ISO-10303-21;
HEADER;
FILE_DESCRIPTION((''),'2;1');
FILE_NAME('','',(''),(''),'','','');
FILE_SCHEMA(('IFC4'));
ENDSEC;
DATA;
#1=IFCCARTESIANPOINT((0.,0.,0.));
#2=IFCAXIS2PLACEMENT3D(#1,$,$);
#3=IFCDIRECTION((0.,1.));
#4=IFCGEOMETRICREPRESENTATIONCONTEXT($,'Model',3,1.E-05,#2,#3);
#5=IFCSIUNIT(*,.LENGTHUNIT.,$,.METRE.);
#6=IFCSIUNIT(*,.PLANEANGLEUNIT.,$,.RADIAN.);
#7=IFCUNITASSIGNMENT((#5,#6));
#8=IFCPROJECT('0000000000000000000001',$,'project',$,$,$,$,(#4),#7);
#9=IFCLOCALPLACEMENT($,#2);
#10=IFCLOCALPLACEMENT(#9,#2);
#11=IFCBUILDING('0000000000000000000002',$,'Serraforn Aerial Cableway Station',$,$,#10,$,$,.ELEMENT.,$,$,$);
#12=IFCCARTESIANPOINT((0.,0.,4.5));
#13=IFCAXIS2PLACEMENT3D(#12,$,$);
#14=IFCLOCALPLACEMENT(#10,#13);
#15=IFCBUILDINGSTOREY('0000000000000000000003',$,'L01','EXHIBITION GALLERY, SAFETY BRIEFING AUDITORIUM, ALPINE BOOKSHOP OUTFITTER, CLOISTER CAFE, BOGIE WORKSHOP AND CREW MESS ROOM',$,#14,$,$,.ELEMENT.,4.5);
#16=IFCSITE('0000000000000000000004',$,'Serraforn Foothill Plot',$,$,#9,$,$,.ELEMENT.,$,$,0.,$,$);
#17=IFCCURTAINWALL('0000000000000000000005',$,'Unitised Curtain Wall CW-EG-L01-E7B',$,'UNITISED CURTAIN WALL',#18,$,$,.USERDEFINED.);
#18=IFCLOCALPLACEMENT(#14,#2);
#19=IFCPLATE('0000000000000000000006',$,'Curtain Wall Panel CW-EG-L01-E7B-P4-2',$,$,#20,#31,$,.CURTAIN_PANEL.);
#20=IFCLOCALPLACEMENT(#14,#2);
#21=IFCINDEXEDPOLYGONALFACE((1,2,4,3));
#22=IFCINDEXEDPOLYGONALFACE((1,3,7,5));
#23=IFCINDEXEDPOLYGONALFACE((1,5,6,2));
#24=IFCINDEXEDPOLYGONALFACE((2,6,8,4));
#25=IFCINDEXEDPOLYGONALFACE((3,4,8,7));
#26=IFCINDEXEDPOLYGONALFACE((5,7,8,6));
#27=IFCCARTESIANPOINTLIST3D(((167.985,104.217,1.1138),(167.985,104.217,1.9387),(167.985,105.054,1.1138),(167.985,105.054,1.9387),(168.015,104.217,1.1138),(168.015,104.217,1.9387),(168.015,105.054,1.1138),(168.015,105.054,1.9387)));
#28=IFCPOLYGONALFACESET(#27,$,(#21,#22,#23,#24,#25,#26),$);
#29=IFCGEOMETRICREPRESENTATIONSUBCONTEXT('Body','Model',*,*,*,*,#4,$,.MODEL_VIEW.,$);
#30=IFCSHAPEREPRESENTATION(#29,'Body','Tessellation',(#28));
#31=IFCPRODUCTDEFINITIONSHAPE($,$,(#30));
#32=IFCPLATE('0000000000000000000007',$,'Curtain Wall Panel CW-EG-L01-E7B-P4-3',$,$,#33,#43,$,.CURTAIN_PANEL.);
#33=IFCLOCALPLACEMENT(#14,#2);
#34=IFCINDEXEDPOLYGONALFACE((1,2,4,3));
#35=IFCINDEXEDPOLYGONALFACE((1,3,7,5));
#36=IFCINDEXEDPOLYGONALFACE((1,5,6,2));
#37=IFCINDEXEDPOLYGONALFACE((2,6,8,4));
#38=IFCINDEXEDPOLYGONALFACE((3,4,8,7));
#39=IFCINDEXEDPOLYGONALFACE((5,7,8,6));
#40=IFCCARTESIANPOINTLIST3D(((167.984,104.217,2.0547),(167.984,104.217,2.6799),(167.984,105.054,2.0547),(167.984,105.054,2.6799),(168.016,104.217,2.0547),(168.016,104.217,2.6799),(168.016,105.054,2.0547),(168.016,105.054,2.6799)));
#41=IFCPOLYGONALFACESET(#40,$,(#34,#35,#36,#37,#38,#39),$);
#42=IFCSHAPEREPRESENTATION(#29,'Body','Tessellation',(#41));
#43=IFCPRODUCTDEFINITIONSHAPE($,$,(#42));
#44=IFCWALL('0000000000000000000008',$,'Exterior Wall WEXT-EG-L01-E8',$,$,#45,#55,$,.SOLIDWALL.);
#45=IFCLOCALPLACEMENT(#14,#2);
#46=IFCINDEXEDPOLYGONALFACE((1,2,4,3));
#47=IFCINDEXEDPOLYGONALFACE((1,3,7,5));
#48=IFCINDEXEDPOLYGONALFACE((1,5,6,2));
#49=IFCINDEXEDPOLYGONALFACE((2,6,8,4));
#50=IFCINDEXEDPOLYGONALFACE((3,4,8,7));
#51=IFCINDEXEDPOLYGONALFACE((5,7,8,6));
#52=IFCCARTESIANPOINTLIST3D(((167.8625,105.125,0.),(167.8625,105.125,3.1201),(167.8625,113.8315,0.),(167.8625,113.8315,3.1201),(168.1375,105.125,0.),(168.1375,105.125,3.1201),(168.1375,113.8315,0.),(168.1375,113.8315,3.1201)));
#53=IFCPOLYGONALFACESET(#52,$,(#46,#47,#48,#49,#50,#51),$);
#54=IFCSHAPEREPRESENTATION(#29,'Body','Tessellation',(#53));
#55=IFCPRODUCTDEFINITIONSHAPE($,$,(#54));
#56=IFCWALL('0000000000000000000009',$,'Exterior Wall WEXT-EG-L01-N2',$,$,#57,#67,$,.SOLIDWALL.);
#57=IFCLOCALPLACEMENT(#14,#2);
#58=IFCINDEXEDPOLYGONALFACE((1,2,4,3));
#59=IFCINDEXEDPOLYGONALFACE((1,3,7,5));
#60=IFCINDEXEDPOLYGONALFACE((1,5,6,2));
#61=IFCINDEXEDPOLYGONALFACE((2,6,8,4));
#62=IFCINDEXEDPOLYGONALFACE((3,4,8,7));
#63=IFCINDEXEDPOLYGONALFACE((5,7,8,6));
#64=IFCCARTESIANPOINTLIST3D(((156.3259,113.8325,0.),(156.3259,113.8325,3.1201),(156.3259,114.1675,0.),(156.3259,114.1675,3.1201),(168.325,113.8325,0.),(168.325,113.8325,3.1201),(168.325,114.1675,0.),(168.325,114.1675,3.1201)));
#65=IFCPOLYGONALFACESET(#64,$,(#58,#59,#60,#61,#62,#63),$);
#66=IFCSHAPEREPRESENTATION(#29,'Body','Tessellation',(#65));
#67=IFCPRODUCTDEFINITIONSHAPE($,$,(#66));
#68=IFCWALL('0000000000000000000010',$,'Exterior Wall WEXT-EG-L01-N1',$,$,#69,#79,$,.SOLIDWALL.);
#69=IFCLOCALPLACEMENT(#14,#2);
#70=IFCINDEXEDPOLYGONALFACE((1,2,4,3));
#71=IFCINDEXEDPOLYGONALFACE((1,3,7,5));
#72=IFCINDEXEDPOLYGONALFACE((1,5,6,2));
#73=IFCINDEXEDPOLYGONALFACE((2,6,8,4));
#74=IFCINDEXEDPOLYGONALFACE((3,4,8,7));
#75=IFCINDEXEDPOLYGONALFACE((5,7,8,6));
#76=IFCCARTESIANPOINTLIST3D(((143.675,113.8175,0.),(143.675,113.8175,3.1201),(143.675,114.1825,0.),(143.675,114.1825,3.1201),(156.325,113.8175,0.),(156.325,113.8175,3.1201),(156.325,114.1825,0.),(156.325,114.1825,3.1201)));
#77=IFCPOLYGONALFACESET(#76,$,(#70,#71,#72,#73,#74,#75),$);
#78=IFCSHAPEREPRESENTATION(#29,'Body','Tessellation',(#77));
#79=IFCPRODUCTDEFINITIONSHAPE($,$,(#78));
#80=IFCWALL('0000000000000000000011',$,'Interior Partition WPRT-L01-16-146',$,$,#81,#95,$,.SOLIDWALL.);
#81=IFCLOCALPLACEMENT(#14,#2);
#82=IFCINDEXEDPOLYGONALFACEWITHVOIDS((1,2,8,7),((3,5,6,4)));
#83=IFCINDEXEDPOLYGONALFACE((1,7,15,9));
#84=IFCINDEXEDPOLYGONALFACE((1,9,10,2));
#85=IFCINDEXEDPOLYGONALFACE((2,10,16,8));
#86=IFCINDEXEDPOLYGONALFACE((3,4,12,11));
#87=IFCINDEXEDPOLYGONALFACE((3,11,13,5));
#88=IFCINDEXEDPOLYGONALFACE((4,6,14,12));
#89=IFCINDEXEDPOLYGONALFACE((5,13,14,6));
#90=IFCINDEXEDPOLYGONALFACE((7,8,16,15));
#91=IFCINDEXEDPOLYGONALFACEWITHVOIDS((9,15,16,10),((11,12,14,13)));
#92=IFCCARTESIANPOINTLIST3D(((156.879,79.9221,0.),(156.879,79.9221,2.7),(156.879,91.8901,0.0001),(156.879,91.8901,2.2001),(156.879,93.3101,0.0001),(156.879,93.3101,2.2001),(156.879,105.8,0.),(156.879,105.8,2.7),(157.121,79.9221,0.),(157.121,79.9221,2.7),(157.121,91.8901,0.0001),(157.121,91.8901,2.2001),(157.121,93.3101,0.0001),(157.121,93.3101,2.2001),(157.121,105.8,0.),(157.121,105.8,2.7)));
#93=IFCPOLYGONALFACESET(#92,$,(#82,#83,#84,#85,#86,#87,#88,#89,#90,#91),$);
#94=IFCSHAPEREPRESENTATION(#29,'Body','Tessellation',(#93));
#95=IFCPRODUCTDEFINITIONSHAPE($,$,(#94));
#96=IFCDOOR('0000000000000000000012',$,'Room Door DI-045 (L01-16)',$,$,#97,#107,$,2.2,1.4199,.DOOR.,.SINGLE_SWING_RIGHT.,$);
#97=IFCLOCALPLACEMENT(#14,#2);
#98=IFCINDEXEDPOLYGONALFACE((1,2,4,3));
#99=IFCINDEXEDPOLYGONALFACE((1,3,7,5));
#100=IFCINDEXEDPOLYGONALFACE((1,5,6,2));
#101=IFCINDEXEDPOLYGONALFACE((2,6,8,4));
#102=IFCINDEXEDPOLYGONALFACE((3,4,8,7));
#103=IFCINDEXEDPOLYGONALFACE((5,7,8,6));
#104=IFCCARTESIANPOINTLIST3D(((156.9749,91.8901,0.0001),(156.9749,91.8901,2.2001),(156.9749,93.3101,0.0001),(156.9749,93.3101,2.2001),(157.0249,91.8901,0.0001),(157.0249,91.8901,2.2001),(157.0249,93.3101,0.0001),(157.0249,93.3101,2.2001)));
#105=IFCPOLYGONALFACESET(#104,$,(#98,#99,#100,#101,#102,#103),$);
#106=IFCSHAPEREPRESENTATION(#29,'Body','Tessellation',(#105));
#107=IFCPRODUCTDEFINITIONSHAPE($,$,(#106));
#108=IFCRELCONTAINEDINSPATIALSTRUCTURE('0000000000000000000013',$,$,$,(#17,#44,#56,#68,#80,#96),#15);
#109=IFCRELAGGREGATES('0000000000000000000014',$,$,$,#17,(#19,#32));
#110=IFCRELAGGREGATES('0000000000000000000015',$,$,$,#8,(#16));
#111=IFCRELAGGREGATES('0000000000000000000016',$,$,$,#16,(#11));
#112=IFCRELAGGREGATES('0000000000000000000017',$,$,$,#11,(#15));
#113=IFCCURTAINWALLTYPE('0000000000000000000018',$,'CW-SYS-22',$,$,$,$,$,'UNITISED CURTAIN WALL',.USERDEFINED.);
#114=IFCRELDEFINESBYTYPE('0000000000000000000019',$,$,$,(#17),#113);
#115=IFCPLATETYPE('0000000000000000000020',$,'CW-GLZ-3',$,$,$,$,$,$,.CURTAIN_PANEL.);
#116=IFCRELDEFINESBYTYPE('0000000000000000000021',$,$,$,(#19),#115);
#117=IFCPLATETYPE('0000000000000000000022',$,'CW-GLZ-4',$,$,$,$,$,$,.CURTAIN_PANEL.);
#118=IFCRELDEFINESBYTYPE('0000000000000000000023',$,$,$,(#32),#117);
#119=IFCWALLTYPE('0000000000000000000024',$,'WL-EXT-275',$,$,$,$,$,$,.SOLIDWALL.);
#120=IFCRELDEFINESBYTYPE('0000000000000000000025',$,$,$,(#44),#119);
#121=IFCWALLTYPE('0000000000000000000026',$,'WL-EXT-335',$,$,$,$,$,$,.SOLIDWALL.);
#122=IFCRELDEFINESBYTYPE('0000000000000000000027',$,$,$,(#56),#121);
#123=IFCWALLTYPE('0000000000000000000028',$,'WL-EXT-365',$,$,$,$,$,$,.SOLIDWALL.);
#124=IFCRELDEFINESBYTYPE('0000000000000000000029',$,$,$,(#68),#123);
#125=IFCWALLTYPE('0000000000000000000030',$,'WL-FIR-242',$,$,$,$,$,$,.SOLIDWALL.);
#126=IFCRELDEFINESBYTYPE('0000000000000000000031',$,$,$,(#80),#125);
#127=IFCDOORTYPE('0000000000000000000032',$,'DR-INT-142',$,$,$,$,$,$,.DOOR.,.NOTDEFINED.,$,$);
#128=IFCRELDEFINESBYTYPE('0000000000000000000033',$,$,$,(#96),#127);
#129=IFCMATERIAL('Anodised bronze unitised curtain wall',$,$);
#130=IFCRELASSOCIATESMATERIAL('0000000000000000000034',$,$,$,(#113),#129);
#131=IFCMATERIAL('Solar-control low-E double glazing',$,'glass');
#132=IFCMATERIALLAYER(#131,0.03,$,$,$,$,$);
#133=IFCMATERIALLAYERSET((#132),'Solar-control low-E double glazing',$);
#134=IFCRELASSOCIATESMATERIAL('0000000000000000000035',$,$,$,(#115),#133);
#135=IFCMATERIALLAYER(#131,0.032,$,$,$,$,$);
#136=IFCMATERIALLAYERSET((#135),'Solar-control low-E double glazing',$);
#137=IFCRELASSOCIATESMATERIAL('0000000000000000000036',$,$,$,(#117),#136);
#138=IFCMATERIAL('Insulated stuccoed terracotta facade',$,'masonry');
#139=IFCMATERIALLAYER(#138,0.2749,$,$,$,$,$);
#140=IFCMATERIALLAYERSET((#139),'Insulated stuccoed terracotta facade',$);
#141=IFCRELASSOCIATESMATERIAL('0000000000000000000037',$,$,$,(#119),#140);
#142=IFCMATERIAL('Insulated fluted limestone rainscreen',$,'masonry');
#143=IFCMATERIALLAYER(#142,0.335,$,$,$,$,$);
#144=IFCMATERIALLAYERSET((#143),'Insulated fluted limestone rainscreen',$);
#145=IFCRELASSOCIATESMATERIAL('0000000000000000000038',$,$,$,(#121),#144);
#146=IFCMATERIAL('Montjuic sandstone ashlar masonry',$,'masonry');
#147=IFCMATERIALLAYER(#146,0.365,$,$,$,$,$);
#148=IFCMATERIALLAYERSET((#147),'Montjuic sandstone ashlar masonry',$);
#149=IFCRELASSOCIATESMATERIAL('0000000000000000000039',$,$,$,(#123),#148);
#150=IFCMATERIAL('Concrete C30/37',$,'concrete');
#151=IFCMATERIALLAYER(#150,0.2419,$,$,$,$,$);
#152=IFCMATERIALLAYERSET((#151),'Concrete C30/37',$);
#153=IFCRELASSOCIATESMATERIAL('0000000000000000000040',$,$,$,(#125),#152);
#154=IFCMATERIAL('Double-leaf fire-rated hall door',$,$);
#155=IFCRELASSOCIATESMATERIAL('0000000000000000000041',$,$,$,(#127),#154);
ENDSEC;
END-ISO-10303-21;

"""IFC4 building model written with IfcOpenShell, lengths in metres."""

from ifc_helpers import new_model, si_unit, direction, frame, frame_2d, origin, origin_2d, place, context, subcontext, project, spatial, rectangle, extrude, material, layer, layer_set, type_object, element, fill, aggregate, save


model = new_model("IFC4")

# Units and contexts
model_context = context("Model", 3, precision=1e-05, world=origin(), true_north=direction((0.0, 1.0)))
body_context = subcontext(model_context, "Body", "Model", "MODEL_VIEW")
ifc_project = project(units=[si_unit("LENGTHUNIT", "METRE"), si_unit("PLANEANGLEUNIT", "RADIAN")], contexts=[model_context])

# Site, building, storey
site_placement = place(None, origin())
site = spatial("IfcSite", under=ifc_project, at=site_placement, Name="Serraforn Foothill Plot", CompositionType="ELEMENT", RefElevation=0.0)
building_placement = place(site_placement, origin())
building = spatial("IfcBuilding", under=site, at=building_placement, Name="Serraforn Aerial Cableway Station", CompositionType="ELEMENT")
storey_placement = place(building_placement, frame((0.0, 0.0, 4.5)))
storey = spatial("IfcBuildingStorey", under=building, at=storey_placement, Name="L01", Description="EXHIBITION GALLERY, SAFETY BRIEFING AUDITORIUM, ALPINE BOOKSHOP OUTFITTER, CLOISTER CAFE, BOGIE WORKSHOP AND CREW MESS ROOM", CompositionType="ELEMENT", Elevation=4.5)

# Curtain wall, plates
ifc_material_1 = material(Name="Anodised bronze unitised curtain wall")
curtain_wall_type = type_object("IfcCurtainWallType", Name="CW-SYS-22", ElementType="UNITISED CURTAIN WALL", PredefinedType="USERDEFINED", material=ifc_material_1)
curtain_wall_placement = place(storey_placement, origin())
curtain_wall = element("IfcCurtainWall", 1, at=curtain_wall_placement, inside=storey, type_object=curtain_wall_type, Name="Unitised Curtain Wall CW-EG-L01-E7B", ObjectType="UNITISED CURTAIN WALL", PredefinedType="USERDEFINED")
ifc_material_2 = material(Name="Solar-control low-E double glazing", Category="glass")
ifc_layer_1 = layer(ifc_material_2, 0.03)
ifc_layer_set_1 = layer_set([ifc_layer_1], Name="Solar-control low-E double glazing")
plate_type_1 = type_object("IfcPlateType", Name="CW-GLZ-3", PredefinedType="CURTAIN_PANEL", material=ifc_layer_set_1)
plate_1_placement = place(storey_placement, frame((168.0, 104.6355, 1.1138), z_axis=(0.0, 0.0, 1.0), x_axis=(1.0, 0.0, 0.0)))
plate_1 = element("IfcPlate", 2, at=plate_1_placement, type_object=plate_type_1, Name="Curtain Wall Panel CW-EG-L01-E7B-P4-2", PredefinedType="CURTAIN_PANEL", context=body_context, shape_type="SweptSolid", body=[
    extrude(rectangle(XDim=0.03, YDim=0.8369, at=origin_2d()), origin(), (0.0, 0.0, 1.0), 0.825),
])
ifc_layer_2 = layer(ifc_material_2, 0.032)
ifc_layer_set_2 = layer_set([ifc_layer_2], Name="Solar-control low-E double glazing")
plate_type_2 = type_object("IfcPlateType", Name="CW-GLZ-4", PredefinedType="CURTAIN_PANEL", material=ifc_layer_set_2)
plate_2_placement = place(storey_placement, frame((168.0, 104.6355, 2.0547), z_axis=(0.0, 0.0, 1.0), x_axis=(1.0, 0.0, 0.0)))
plate_2 = element("IfcPlate", 3, at=plate_2_placement, type_object=plate_type_2, Name="Curtain Wall Panel CW-EG-L01-E7B-P4-3", PredefinedType="CURTAIN_PANEL", context=body_context, shape_type="SweptSolid", body=[
    extrude(rectangle(XDim=0.032, YDim=0.8369, at=origin_2d()), origin(), (0.0, 0.0, 1.0), 0.6252),
])
aggregate(curtain_wall, [plate_1, plate_2])

# Walls
ifc_material_3 = material(Name="Insulated stuccoed terracotta facade", Category="masonry")
ifc_layer_3 = layer(ifc_material_3, 0.2749)
ifc_layer_set_3 = layer_set([ifc_layer_3], Name="Insulated stuccoed terracotta facade")
wall_type_1 = type_object("IfcWallType", Name="WL-EXT-275", PredefinedType="SOLIDWALL", material=ifc_layer_set_3)
wall_1_placement = place(storey_placement, frame((168.0, 105.125, 0.0), z_axis=(0.0, 0.0, 1.0), x_axis=(0.0, 1.0, 0.0)))
element("IfcWall", 4, at=wall_1_placement, inside=storey, type_object=wall_type_1, Name="Exterior Wall WEXT-EG-L01-E8", PredefinedType="SOLIDWALL", context=body_context, shape_type="SweptSolid", body=[
    extrude(rectangle(XDim=8.7065, YDim=0.2749, at=frame_2d((4.3533, 0.0))), origin(), (0.0, 0.0, 1.0), 3.1201),
])
ifc_material_4 = material(Name="Insulated fluted limestone rainscreen", Category="masonry")
ifc_layer_4 = layer(ifc_material_4, 0.335)
ifc_layer_set_4 = layer_set([ifc_layer_4], Name="Insulated fluted limestone rainscreen")
wall_type_2 = type_object("IfcWallType", Name="WL-EXT-335", PredefinedType="SOLIDWALL", material=ifc_layer_set_4)
wall_2_placement = place(storey_placement, frame((168.325, 114.0, 0.0), z_axis=(0.0, 0.0, 1.0), x_axis=(-1.0, 0.0, 0.0)))
element("IfcWall", 5, at=wall_2_placement, inside=storey, type_object=wall_type_2, Name="Exterior Wall WEXT-EG-L01-N2", PredefinedType="SOLIDWALL", context=body_context, shape_type="SweptSolid", body=[
    extrude(rectangle(XDim=11.999, YDim=0.335, at=frame_2d((5.9995, 0.0))), origin(), (0.0, 0.0, 1.0), 3.1201),
])
ifc_material_5 = material(Name="Montjuic sandstone ashlar masonry", Category="masonry")
ifc_layer_5 = layer(ifc_material_5, 0.365)
ifc_layer_set_5 = layer_set([ifc_layer_5], Name="Montjuic sandstone ashlar masonry")
wall_type_3 = type_object("IfcWallType", Name="WL-EXT-365", PredefinedType="SOLIDWALL", material=ifc_layer_set_5)
wall_3_placement = place(storey_placement, frame((156.325, 114.0, 0.0), z_axis=(0.0, 0.0, 1.0), x_axis=(-1.0, 0.0, 0.0)))
element("IfcWall", 6, at=wall_3_placement, inside=storey, type_object=wall_type_3, Name="Exterior Wall WEXT-EG-L01-N1", PredefinedType="SOLIDWALL", context=body_context, shape_type="SweptSolid", body=[
    extrude(rectangle(XDim=12.6499, YDim=0.365, at=frame_2d((6.325, 0.0))), origin(), (0.0, 0.0, 1.0), 3.1201),
])

# Wall, opening, door
ifc_material_6 = material(Name="Concrete C30/37", Category="concrete")
ifc_layer_6 = layer(ifc_material_6, 0.2419)
ifc_layer_set_6 = layer_set([ifc_layer_6], Name="Concrete C30/37")
wall_type_4 = type_object("IfcWallType", Name="WL-FIR-242", PredefinedType="SOLIDWALL", material=ifc_layer_set_6)
wall_4_placement = place(storey_placement, frame((157.0, 105.8, 0.0), z_axis=(0.0, 0.0, 1.0), x_axis=(0.0, -1.0, 0.0)))
wall_4 = element("IfcWall", 7, at=wall_4_placement, inside=storey, type_object=wall_type_4, Name="Interior Partition WPRT-L01-16-146", PredefinedType="SOLIDWALL", context=body_context, shape_type="SweptSolid", body=[
    extrude(rectangle(XDim=25.8779, YDim=0.2419, at=frame_2d((12.939, 0.0))), origin(), (0.0, 0.0, 1.0), 2.7),
])
opening_placement = place(wall_4_placement, frame((12.49, 0.0, 0.0)))
opening = element("IfcOpeningElement", 8, at=opening_placement, cuts=wall_4, PredefinedType="OPENING", context=body_context, shape_type="SweptSolid", body=[
    extrude(rectangle(XDim=1.4199, YDim=2.2, at=frame_2d((0.71, 1.1001))), frame((0.0, 0.1309, 0.0), z_axis=(0.0, -1.0, 0.0), x_axis=(1.0, 0.0, 0.0)), (0.0, 0.0, 1.0), 0.262),
])
ifc_material_7 = material(Name="Double-leaf fire-rated hall door")
door_type = type_object("IfcDoorType", Name="DR-INT-142", OperationType="NOTDEFINED", PredefinedType="DOOR", material=ifc_material_7)
door_placement = place(opening_placement, origin())
door = element("IfcDoor", 9, at=door_placement, inside=storey, type_object=door_type, Name="Room Door DI-045 (L01-16)", OperationType="SINGLE_SWING_RIGHT", OverallHeight=2.2, OverallWidth=1.4199, PredefinedType="DOOR", context=body_context, shape_type="SweptSolid", body=[
    extrude(rectangle(XDim=1.4199, YDim=2.2, at=frame_2d((0.71, 1.1001))), frame((0.0, 0.0249, 0.0), z_axis=(0.0, -1.0, 0.0), x_axis=(1.0, 0.0, 0.0)), (0.0, 0.0, 1.0), 0.05),
])
fill(opening, door)

save(model, "model.ifc")
